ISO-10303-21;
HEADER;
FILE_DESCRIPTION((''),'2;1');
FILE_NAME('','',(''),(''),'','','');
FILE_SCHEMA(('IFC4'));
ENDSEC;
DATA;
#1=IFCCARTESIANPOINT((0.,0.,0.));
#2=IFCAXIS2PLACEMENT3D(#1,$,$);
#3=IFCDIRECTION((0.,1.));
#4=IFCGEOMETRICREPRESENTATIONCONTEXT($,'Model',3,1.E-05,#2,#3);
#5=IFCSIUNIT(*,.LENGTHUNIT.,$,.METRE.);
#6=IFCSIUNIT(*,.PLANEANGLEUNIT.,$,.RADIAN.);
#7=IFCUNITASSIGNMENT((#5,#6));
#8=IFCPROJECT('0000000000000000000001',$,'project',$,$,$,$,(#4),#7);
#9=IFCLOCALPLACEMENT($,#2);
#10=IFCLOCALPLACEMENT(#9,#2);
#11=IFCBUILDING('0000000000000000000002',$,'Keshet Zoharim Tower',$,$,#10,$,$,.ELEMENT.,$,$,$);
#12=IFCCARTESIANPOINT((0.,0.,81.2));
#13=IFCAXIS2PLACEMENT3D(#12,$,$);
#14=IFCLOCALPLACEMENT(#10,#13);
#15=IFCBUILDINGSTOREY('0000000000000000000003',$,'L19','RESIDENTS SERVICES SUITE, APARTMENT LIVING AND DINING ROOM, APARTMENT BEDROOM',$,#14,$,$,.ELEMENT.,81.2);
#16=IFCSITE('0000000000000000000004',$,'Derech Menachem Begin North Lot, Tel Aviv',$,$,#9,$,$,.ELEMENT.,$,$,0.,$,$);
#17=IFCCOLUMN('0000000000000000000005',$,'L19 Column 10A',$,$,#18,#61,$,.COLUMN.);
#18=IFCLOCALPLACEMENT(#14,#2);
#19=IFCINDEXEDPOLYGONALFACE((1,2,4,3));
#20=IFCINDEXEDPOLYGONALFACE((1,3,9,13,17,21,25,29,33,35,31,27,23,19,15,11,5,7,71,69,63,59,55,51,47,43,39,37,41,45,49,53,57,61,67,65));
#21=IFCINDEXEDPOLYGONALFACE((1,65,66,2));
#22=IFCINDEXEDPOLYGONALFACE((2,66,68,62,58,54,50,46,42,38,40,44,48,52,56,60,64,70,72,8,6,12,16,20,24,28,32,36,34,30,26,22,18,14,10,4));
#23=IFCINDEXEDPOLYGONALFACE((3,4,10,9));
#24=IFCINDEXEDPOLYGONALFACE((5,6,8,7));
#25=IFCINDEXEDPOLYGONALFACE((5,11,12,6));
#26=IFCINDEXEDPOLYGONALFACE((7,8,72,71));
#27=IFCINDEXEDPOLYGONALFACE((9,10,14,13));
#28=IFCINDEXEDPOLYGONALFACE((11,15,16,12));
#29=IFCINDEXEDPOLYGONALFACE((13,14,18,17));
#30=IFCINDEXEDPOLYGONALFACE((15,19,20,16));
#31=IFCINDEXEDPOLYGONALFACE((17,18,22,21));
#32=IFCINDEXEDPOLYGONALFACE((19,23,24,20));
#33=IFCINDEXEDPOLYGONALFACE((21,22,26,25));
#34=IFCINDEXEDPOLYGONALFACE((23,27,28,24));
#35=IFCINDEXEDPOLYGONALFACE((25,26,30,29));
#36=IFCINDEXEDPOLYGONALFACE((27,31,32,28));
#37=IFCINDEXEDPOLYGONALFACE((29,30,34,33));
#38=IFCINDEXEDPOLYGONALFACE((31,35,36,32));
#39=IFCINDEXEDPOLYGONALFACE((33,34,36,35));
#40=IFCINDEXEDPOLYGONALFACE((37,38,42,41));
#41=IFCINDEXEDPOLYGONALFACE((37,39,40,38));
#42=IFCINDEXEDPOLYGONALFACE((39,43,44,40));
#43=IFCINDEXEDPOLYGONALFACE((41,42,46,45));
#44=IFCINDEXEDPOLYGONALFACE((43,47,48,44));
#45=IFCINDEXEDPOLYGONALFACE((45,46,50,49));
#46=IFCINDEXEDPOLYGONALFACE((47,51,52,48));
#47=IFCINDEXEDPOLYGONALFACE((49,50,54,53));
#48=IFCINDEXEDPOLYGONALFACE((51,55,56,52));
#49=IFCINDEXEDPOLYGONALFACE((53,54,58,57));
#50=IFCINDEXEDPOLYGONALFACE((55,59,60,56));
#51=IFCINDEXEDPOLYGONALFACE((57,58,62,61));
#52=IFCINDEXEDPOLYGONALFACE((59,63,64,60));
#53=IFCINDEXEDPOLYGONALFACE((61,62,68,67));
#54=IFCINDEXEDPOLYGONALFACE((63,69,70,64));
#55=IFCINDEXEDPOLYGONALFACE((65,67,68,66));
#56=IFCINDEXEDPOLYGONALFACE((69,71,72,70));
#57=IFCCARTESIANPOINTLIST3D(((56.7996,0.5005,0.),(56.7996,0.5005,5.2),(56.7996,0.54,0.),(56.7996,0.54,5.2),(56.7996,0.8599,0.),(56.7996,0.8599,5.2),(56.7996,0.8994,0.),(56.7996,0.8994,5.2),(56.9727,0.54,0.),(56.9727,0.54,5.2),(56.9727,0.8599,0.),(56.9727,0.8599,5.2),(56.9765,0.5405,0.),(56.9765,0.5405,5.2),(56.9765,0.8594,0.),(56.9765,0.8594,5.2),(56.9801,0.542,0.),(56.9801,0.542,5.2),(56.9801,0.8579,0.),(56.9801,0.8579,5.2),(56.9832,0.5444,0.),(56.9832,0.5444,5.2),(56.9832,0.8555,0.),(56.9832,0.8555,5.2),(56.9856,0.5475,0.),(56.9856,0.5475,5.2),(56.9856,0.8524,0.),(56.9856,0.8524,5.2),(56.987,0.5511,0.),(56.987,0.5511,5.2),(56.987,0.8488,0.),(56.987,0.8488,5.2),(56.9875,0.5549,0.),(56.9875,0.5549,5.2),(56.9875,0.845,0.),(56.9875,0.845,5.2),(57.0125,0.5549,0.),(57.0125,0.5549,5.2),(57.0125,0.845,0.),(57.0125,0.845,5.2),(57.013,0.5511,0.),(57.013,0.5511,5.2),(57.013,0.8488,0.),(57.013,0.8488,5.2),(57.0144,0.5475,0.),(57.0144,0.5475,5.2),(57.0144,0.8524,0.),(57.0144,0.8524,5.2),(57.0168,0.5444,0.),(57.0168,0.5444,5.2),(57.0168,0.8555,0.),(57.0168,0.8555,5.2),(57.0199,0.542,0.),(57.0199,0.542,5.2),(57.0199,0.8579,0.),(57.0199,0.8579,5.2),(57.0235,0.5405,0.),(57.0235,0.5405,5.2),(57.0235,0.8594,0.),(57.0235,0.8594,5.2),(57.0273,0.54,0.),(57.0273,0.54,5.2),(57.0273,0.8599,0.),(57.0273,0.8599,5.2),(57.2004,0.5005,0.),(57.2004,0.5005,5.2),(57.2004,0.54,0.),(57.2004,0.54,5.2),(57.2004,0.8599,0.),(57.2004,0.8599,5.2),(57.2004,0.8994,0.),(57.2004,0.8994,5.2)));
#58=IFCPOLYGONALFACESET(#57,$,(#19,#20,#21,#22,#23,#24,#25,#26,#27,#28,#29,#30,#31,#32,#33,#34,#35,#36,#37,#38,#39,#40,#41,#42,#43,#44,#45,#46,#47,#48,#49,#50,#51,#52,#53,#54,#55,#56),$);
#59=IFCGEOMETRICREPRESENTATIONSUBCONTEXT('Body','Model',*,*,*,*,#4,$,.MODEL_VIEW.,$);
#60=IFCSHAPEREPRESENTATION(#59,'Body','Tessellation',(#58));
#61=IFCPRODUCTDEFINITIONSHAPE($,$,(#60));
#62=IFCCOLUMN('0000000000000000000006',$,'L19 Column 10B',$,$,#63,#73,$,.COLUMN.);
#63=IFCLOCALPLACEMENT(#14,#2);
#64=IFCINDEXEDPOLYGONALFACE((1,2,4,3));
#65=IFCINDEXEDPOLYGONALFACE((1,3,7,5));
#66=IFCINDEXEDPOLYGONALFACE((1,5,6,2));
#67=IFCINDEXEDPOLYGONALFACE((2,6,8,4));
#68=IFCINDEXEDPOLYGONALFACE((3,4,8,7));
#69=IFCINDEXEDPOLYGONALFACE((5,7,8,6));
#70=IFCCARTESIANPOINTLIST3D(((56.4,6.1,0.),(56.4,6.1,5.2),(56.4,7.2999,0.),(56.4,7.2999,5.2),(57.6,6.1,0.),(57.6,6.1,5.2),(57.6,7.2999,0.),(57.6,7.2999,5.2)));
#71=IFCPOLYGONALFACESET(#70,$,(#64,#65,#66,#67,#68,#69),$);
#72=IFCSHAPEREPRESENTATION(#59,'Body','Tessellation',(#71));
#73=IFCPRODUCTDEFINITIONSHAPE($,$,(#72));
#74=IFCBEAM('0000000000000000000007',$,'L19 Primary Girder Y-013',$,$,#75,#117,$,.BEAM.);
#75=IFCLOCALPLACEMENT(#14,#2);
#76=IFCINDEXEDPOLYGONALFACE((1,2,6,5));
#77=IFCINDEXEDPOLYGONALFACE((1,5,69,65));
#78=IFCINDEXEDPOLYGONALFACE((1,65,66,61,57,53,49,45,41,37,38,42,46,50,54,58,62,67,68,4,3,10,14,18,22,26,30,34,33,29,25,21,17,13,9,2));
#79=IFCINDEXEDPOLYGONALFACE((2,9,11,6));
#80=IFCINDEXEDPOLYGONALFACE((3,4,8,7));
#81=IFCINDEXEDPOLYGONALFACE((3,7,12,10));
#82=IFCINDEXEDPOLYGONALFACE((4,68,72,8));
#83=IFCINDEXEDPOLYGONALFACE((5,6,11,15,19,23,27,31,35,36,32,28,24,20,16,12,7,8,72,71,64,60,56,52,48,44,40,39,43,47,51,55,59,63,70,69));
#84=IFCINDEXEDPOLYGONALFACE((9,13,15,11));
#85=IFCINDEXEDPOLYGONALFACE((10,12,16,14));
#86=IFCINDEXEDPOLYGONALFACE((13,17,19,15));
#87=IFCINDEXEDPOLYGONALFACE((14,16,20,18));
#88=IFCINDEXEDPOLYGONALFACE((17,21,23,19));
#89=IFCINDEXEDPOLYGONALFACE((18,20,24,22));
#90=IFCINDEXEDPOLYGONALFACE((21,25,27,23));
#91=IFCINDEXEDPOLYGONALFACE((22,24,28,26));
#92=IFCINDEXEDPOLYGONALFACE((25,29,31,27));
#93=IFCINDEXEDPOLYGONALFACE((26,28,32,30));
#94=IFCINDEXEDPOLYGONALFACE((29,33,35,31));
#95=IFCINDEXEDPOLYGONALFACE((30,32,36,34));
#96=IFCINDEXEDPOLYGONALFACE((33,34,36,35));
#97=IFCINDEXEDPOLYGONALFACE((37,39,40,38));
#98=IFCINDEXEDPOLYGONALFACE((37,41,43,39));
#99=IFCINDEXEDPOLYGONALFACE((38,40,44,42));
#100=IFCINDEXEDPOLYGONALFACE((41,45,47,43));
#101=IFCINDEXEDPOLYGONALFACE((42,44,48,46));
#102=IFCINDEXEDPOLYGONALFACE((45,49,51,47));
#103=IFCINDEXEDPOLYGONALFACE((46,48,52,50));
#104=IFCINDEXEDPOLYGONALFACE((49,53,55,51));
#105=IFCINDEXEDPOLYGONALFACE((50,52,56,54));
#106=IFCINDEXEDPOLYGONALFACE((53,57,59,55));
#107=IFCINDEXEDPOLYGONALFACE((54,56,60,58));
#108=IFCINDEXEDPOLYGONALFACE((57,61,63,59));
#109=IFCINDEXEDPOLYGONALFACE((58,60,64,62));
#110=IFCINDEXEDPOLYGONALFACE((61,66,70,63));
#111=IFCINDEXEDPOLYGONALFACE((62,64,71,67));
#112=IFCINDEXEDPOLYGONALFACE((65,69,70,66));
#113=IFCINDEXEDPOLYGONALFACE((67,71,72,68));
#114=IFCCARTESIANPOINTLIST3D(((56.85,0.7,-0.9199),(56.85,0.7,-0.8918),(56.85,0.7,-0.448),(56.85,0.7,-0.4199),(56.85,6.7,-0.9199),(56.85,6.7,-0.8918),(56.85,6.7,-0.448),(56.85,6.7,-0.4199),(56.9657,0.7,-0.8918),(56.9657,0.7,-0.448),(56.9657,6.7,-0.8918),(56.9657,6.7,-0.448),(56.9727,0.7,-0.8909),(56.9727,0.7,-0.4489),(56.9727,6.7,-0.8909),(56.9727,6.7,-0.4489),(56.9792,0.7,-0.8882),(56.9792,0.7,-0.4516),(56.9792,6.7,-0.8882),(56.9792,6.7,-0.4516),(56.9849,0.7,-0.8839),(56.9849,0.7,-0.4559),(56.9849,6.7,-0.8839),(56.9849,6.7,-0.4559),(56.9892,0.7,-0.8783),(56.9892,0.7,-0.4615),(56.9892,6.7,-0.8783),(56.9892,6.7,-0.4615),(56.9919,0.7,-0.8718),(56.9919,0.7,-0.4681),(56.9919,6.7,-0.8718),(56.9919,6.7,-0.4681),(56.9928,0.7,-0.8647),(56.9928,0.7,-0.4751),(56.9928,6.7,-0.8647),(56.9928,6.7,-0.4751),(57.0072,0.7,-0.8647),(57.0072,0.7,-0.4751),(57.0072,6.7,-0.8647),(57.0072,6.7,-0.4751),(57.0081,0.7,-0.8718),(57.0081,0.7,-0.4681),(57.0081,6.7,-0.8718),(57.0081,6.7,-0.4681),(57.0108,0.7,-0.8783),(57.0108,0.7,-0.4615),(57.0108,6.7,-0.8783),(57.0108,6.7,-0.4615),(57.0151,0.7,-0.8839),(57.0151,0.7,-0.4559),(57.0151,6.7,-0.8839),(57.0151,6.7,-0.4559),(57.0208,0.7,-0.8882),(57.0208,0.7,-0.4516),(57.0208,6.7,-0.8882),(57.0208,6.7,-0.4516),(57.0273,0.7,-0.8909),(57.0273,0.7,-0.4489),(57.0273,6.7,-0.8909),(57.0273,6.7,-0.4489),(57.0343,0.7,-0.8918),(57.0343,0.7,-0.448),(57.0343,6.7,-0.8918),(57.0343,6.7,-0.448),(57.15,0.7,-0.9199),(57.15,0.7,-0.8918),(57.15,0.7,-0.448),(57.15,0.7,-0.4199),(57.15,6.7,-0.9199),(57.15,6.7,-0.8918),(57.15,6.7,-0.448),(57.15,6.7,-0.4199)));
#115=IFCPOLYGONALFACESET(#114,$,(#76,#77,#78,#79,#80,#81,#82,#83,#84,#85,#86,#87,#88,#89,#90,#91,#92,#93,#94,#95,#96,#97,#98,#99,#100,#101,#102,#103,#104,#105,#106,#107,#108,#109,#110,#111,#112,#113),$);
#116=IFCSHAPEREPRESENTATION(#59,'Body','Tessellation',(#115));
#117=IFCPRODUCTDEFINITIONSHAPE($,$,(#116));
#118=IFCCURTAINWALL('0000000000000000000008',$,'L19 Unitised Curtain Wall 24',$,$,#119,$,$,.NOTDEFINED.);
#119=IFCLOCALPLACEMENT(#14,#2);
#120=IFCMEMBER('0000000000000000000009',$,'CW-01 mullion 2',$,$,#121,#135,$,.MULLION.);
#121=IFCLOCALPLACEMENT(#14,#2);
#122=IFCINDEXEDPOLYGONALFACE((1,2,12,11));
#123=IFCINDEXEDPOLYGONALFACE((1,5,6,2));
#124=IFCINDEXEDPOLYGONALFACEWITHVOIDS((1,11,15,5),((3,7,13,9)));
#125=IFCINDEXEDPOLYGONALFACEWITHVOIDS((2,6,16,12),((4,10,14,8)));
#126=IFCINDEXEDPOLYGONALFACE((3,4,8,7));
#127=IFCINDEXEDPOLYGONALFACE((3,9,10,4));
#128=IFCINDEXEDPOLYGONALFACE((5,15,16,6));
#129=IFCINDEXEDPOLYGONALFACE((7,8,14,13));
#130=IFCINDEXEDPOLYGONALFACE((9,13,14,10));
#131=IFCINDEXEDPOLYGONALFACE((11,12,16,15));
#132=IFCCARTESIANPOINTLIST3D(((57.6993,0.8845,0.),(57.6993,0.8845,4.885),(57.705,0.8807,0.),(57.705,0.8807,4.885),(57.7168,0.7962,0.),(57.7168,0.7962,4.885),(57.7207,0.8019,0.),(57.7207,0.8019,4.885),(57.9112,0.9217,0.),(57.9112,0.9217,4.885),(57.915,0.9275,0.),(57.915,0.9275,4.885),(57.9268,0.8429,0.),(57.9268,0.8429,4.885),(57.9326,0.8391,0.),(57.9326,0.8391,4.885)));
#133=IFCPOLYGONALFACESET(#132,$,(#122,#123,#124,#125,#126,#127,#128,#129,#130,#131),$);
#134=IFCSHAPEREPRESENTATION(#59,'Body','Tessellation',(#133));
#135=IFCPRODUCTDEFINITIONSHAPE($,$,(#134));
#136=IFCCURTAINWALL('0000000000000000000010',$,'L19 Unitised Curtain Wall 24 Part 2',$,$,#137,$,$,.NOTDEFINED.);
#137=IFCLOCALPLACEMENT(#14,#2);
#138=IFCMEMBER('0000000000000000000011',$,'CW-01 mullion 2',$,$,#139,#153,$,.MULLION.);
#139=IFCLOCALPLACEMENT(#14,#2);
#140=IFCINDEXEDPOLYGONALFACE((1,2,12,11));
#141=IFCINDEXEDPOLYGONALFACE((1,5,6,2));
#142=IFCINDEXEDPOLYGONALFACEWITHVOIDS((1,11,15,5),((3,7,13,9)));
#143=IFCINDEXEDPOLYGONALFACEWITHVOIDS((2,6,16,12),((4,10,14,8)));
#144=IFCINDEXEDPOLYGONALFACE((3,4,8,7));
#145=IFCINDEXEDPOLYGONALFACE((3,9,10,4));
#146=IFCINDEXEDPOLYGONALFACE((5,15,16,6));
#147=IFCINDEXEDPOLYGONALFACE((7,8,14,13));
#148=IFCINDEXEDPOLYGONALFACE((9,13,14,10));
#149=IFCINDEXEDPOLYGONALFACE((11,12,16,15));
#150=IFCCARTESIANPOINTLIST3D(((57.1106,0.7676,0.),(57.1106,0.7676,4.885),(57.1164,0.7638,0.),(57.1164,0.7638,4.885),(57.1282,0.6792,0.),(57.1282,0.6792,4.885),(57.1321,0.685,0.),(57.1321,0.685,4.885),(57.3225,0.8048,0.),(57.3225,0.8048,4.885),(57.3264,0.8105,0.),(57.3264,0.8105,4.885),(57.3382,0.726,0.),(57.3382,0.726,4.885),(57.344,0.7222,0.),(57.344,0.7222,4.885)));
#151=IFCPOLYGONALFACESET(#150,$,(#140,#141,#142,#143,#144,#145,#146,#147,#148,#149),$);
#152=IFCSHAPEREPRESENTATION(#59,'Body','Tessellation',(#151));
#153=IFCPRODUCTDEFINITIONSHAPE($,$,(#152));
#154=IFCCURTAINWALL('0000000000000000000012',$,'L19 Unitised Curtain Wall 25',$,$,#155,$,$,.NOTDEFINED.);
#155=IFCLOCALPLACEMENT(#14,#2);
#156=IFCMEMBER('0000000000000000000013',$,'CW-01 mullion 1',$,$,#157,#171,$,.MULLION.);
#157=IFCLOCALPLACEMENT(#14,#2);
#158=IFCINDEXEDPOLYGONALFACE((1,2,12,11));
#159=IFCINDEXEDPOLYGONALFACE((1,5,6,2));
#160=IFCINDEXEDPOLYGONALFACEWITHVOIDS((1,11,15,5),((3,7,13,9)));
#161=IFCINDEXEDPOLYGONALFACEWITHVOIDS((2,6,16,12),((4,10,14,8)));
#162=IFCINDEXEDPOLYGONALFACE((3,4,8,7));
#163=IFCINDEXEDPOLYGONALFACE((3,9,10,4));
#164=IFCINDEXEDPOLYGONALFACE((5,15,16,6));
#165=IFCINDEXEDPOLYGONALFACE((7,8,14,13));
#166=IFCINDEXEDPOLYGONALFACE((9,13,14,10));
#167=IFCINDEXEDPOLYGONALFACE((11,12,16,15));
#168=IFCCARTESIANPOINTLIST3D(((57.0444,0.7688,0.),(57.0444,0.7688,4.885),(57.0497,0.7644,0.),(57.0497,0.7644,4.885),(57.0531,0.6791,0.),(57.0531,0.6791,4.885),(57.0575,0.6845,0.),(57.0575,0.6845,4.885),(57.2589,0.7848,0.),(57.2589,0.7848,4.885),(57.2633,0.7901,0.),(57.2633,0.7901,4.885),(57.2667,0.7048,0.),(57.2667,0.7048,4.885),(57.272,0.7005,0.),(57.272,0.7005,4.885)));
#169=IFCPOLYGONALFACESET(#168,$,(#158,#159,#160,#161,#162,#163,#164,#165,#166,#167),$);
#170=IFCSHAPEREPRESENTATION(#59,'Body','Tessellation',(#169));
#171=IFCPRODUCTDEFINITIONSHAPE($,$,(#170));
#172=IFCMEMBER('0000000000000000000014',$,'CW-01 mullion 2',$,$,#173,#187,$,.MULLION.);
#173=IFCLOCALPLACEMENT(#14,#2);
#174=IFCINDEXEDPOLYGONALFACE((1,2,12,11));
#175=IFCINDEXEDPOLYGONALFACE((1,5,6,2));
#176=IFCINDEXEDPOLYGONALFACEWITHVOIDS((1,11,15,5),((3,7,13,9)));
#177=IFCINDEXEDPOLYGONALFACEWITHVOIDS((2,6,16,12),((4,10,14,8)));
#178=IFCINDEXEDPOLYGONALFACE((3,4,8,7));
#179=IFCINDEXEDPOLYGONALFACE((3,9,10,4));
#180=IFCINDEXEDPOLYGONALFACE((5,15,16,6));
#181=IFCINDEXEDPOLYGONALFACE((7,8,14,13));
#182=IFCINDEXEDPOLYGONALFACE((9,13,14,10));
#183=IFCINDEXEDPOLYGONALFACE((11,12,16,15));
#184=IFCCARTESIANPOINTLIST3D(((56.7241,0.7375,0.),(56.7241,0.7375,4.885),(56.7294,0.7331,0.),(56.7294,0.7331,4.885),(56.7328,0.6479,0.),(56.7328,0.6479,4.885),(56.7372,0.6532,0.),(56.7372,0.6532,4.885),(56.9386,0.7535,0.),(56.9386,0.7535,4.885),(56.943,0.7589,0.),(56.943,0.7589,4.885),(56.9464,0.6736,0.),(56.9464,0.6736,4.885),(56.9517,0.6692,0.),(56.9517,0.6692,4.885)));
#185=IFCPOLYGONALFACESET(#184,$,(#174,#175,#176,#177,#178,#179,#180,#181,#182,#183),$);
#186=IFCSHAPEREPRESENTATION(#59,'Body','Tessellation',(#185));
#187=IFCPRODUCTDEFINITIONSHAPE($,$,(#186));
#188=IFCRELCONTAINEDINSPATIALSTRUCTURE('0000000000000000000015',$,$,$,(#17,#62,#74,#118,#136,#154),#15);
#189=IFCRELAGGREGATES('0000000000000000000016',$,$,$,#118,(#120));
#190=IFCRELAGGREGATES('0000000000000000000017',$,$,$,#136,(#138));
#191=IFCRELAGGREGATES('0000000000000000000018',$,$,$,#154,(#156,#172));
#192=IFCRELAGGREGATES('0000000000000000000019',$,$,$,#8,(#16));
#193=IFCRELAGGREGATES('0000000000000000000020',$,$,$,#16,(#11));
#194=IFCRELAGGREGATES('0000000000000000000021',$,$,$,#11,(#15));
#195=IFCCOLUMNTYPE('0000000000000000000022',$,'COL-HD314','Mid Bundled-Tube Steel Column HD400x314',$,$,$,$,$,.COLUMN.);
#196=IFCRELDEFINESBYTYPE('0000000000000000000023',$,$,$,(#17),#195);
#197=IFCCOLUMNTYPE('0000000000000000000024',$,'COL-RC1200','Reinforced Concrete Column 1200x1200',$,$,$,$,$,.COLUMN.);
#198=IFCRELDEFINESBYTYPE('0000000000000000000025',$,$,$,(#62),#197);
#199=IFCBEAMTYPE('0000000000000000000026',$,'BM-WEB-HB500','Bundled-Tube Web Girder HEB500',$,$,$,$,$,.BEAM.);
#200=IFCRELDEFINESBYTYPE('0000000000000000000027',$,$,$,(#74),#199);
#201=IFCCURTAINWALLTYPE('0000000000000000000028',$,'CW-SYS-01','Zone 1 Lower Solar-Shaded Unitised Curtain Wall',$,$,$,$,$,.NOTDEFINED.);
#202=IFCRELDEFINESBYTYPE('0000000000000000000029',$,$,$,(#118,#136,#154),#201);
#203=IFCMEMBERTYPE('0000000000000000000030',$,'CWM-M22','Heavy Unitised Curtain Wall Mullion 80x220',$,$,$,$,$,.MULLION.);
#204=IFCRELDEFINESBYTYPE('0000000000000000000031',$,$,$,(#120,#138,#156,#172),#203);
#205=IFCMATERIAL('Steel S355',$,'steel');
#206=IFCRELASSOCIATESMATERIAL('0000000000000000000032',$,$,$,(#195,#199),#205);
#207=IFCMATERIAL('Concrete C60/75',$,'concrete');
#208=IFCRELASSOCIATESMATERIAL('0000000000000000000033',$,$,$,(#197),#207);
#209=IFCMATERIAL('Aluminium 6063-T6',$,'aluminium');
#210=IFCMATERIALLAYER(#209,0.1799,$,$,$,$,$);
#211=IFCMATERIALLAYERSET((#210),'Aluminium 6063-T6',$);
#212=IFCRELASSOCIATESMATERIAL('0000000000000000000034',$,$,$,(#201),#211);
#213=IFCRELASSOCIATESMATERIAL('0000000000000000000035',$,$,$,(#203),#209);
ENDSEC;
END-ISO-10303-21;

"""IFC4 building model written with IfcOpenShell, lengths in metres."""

from ifc_helpers import new_model, si_unit, direction, frame, origin, origin_2d, place, context, subcontext, project, spatial, rectangle, hollow_rectangle, i_section, extrude, material, layer, layer_set, material_profile, profile_set, type_object, element, aggregate, save


model = new_model("IFC4")

# Units and contexts
model_context = context("Model", 3, precision=1e-05, world=origin(), true_north=direction((0.0, 1.0)))
body_context = subcontext(model_context, "Body", "Model", "MODEL_VIEW")
ifc_project = project(units=[si_unit("LENGTHUNIT", "METRE"), si_unit("PLANEANGLEUNIT", "RADIAN")], contexts=[model_context])

# Site, building, storey
site_placement = place(None, origin())
site = spatial("IfcSite", under=ifc_project, at=site_placement, Name="Derech Menachem Begin North Lot, Tel Aviv", CompositionType="ELEMENT", RefElevation=0.0)
building_placement = place(site_placement, origin())
building = spatial("IfcBuilding", under=site, at=building_placement, Name="Keshet Zoharim Tower", CompositionType="ELEMENT")
storey_placement = place(building_placement, frame((0.0, 0.0, 81.2)))
storey = spatial("IfcBuildingStorey", under=building, at=storey_placement, Name="L19", Description="RESIDENTS SERVICES SUITE, APARTMENT LIVING AND DINING ROOM, APARTMENT BEDROOM", CompositionType="ELEMENT", Elevation=81.2)

# Columns
ifc_material_1 = material(Name="Steel S355", Category="steel")
ifc_material_profile_1 = material_profile(ifc_material_1, i_section(OverallWidth=0.4009, OverallDepth=0.3989, WebThickness=0.0249, FlangeThickness=0.0396, FilletRadius=0.0149, at=origin_2d()), Name="HD400x314")
ifc_profile_set_1 = profile_set([ifc_material_profile_1], Name="Steel S355")
column_type_1 = type_object("IfcColumnType", Name="COL-HD314", Description="Mid Bundled-Tube Steel Column HD400x314", PredefinedType="COLUMN", material=ifc_profile_set_1)
column_1_placement = place(storey_placement, frame((57.0, 0.7, 0.0), z_axis=(0.0, 0.0, 1.0), x_axis=(1.0, 0.0, 0.0)))
element("IfcColumn", 1, at=column_1_placement, inside=storey, type_object=column_type_1, Name="L19 Column 10A", PredefinedType="COLUMN", context=body_context, shape_type="SweptSolid", body=[
    extrude(i_section(OverallWidth=0.4009, OverallDepth=0.3989, WebThickness=0.0249, FlangeThickness=0.0396, FilletRadius=0.0149, at=origin_2d()), origin(), (0.0, 0.0, 1.0), 5.2),
])
ifc_material_2 = material(Name="Concrete C60/75", Category="concrete")
ifc_material_profile_2 = material_profile(ifc_material_2, rectangle(XDim=1.2, YDim=1.2, at=origin_2d()), Name="RC1200x1200")
ifc_profile_set_2 = profile_set([ifc_material_profile_2], Name="Concrete C60/75")
column_type_2 = type_object("IfcColumnType", Name="COL-RC1200", Description="Reinforced Concrete Column 1200x1200", PredefinedType="COLUMN", material=ifc_profile_set_2)
column_2_placement = place(storey_placement, frame((57.0, 6.7, 0.0), z_axis=(0.0, 0.0, 1.0), x_axis=(1.0, 0.0, 0.0)))
element("IfcColumn", 2, at=column_2_placement, inside=storey, type_object=column_type_2, Name="L19 Column 10B", PredefinedType="COLUMN", context=body_context, shape_type="SweptSolid", body=[
    extrude(rectangle(XDim=1.2, YDim=1.2, at=origin_2d()), origin(), (0.0, 0.0, 1.0), 5.2),
])

# Beam
ifc_material_profile_3 = material_profile(ifc_material_1, i_section(OverallWidth=0.3, OverallDepth=0.5, WebThickness=0.0144, FlangeThickness=0.0281, FilletRadius=0.0271, at=origin_2d()), Name="HEB500")
ifc_profile_set_3 = profile_set([ifc_material_profile_3], Name="Steel S355")
beam_type = type_object("IfcBeamType", Name="BM-WEB-HB500", Description="Bundled-Tube Web Girder HEB500", PredefinedType="BEAM", material=ifc_profile_set_3)
beam_placement = place(storey_placement, frame((57.0, 0.7, -0.6699), z_axis=(0.0, 1.0, 0.0), x_axis=(-1.0, 0.0, 0.0)))
element("IfcBeam", 3, at=beam_placement, inside=storey, type_object=beam_type, Name="L19 Primary Girder Y-013", PredefinedType="BEAM", context=body_context, shape_type="SweptSolid", body=[
    extrude(i_section(OverallWidth=0.3, OverallDepth=0.5, WebThickness=0.0144, FlangeThickness=0.0281, FilletRadius=0.0271, at=origin_2d()), origin(), (0.0, 0.0, 1.0), 6.0),
])

# Curtain walls, members
ifc_material_3 = material(Name="Aluminium 6063-T6", Category="aluminium")
ifc_layer_1 = layer(ifc_material_3, 0.1799)
ifc_layer_set_1 = layer_set([ifc_layer_1], Name="Aluminium 6063-T6")
curtain_wall_type = type_object("IfcCurtainWallType", Name="CW-SYS-01", Description="Zone 1 Lower Solar-Shaded Unitised Curtain Wall", PredefinedType="NOTDEFINED", material=ifc_layer_set_1)
curtain_wall_1_placement = place(storey_placement, origin())
curtain_wall_1 = element("IfcCurtainWall", 4, at=curtain_wall_1_placement, inside=storey, type_object=curtain_wall_type, Name="L19 Unitised Curtain Wall 24", PredefinedType="NOTDEFINED")
ifc_material_profile_4 = material_profile(ifc_material_3, hollow_rectangle(XDim=0.0901, YDim=0.22, WallThickness=0.0049, at=origin_2d()), Name="MUL-90x220")
ifc_profile_set_4 = profile_set([ifc_material_profile_4], Name="Aluminium 6063-T6")
member_type_1 = type_object("IfcMemberType", Name="CWM-M22", Description="Heavy Unitised Curtain Wall Mullion 80x220", PredefinedType="MULLION", material=ifc_profile_set_4)
member_1_placement = place(storey_placement, frame((57.8159, 0.8618, 0.0), z_axis=(0.0, 0.0, 1.0), x_axis=(0.195174, -0.980769, 0.0)))
member_1 = element("IfcMember", 5, at=member_1_placement, type_object=member_type_1, Name="CW-01 mullion 2", PredefinedType="MULLION", context=body_context, shape_type="SweptSolid", body=[
    extrude(hollow_rectangle(XDim=0.0901, YDim=0.22, WallThickness=0.0049, at=origin_2d()), origin(), (0.0, 0.0, 1.0), 4.885),
])
curtain_wall_2_placement = place(storey_placement, origin())
curtain_wall_2 = element("IfcCurtainWall", 6, at=curtain_wall_2_placement, inside=storey, type_object=curtain_wall_type, Name="L19 Unitised Curtain Wall 24 Part 2", PredefinedType="NOTDEFINED")
member_2_placement = place(storey_placement, frame((57.2273, 0.7449, 0.0), z_axis=(0.0, 0.0, 1.0), x_axis=(0.195155, -0.980773, 0.0)))
member_2 = element("IfcMember", 7, at=member_2_placement, type_object=member_type_1, Name="CW-01 mullion 2", PredefinedType="MULLION", context=body_context, shape_type="SweptSolid", body=[
    extrude(hollow_rectangle(XDim=0.0901, YDim=0.22, WallThickness=0.0049, at=origin_2d()), origin(), (0.0, 0.0, 1.0), 4.885),
])

# Curtain wall, members
curtain_wall_3_placement = place(storey_placement, origin())
curtain_wall_3 = element("IfcCurtainWall", 8, at=curtain_wall_3_placement, inside=storey, type_object=curtain_wall_type, Name="L19 Unitised Curtain Wall 25", PredefinedType="NOTDEFINED")
member_3_placement = place(storey_placement, frame((57.1582, 0.7346, 0.0), z_axis=(0.0, 0.0, 1.0), x_axis=(0.096977, -0.995287, 0.0)))
member_3 = element("IfcMember", 9, at=member_3_placement, type_object=member_type_1, Name="CW-01 mullion 1", PredefinedType="MULLION", context=body_context, shape_type="SweptSolid", body=[
    extrude(hollow_rectangle(XDim=0.0901, YDim=0.22, WallThickness=0.0049, at=origin_2d()), origin(), (0.0, 0.0, 1.0), 4.885),
])
member_4_placement = place(storey_placement, frame((56.8379, 0.7034, 0.0), z_axis=(0.0, 0.0, 1.0), x_axis=(0.096977, -0.995287, 0.0)))
member_4 = element("IfcMember", 10, at=member_4_placement, type_object=member_type_1, Name="CW-01 mullion 2", PredefinedType="MULLION", context=body_context, shape_type="SweptSolid", body=[
    extrude(hollow_rectangle(XDim=0.0901, YDim=0.22, WallThickness=0.0049, at=origin_2d()), origin(), (0.0, 0.0, 1.0), 4.885),
])

aggregate(curtain_wall_1, [member_1])
aggregate(curtain_wall_2, [member_2])
aggregate(curtain_wall_3, [member_3, member_4])

save(model, "model.ifc")
